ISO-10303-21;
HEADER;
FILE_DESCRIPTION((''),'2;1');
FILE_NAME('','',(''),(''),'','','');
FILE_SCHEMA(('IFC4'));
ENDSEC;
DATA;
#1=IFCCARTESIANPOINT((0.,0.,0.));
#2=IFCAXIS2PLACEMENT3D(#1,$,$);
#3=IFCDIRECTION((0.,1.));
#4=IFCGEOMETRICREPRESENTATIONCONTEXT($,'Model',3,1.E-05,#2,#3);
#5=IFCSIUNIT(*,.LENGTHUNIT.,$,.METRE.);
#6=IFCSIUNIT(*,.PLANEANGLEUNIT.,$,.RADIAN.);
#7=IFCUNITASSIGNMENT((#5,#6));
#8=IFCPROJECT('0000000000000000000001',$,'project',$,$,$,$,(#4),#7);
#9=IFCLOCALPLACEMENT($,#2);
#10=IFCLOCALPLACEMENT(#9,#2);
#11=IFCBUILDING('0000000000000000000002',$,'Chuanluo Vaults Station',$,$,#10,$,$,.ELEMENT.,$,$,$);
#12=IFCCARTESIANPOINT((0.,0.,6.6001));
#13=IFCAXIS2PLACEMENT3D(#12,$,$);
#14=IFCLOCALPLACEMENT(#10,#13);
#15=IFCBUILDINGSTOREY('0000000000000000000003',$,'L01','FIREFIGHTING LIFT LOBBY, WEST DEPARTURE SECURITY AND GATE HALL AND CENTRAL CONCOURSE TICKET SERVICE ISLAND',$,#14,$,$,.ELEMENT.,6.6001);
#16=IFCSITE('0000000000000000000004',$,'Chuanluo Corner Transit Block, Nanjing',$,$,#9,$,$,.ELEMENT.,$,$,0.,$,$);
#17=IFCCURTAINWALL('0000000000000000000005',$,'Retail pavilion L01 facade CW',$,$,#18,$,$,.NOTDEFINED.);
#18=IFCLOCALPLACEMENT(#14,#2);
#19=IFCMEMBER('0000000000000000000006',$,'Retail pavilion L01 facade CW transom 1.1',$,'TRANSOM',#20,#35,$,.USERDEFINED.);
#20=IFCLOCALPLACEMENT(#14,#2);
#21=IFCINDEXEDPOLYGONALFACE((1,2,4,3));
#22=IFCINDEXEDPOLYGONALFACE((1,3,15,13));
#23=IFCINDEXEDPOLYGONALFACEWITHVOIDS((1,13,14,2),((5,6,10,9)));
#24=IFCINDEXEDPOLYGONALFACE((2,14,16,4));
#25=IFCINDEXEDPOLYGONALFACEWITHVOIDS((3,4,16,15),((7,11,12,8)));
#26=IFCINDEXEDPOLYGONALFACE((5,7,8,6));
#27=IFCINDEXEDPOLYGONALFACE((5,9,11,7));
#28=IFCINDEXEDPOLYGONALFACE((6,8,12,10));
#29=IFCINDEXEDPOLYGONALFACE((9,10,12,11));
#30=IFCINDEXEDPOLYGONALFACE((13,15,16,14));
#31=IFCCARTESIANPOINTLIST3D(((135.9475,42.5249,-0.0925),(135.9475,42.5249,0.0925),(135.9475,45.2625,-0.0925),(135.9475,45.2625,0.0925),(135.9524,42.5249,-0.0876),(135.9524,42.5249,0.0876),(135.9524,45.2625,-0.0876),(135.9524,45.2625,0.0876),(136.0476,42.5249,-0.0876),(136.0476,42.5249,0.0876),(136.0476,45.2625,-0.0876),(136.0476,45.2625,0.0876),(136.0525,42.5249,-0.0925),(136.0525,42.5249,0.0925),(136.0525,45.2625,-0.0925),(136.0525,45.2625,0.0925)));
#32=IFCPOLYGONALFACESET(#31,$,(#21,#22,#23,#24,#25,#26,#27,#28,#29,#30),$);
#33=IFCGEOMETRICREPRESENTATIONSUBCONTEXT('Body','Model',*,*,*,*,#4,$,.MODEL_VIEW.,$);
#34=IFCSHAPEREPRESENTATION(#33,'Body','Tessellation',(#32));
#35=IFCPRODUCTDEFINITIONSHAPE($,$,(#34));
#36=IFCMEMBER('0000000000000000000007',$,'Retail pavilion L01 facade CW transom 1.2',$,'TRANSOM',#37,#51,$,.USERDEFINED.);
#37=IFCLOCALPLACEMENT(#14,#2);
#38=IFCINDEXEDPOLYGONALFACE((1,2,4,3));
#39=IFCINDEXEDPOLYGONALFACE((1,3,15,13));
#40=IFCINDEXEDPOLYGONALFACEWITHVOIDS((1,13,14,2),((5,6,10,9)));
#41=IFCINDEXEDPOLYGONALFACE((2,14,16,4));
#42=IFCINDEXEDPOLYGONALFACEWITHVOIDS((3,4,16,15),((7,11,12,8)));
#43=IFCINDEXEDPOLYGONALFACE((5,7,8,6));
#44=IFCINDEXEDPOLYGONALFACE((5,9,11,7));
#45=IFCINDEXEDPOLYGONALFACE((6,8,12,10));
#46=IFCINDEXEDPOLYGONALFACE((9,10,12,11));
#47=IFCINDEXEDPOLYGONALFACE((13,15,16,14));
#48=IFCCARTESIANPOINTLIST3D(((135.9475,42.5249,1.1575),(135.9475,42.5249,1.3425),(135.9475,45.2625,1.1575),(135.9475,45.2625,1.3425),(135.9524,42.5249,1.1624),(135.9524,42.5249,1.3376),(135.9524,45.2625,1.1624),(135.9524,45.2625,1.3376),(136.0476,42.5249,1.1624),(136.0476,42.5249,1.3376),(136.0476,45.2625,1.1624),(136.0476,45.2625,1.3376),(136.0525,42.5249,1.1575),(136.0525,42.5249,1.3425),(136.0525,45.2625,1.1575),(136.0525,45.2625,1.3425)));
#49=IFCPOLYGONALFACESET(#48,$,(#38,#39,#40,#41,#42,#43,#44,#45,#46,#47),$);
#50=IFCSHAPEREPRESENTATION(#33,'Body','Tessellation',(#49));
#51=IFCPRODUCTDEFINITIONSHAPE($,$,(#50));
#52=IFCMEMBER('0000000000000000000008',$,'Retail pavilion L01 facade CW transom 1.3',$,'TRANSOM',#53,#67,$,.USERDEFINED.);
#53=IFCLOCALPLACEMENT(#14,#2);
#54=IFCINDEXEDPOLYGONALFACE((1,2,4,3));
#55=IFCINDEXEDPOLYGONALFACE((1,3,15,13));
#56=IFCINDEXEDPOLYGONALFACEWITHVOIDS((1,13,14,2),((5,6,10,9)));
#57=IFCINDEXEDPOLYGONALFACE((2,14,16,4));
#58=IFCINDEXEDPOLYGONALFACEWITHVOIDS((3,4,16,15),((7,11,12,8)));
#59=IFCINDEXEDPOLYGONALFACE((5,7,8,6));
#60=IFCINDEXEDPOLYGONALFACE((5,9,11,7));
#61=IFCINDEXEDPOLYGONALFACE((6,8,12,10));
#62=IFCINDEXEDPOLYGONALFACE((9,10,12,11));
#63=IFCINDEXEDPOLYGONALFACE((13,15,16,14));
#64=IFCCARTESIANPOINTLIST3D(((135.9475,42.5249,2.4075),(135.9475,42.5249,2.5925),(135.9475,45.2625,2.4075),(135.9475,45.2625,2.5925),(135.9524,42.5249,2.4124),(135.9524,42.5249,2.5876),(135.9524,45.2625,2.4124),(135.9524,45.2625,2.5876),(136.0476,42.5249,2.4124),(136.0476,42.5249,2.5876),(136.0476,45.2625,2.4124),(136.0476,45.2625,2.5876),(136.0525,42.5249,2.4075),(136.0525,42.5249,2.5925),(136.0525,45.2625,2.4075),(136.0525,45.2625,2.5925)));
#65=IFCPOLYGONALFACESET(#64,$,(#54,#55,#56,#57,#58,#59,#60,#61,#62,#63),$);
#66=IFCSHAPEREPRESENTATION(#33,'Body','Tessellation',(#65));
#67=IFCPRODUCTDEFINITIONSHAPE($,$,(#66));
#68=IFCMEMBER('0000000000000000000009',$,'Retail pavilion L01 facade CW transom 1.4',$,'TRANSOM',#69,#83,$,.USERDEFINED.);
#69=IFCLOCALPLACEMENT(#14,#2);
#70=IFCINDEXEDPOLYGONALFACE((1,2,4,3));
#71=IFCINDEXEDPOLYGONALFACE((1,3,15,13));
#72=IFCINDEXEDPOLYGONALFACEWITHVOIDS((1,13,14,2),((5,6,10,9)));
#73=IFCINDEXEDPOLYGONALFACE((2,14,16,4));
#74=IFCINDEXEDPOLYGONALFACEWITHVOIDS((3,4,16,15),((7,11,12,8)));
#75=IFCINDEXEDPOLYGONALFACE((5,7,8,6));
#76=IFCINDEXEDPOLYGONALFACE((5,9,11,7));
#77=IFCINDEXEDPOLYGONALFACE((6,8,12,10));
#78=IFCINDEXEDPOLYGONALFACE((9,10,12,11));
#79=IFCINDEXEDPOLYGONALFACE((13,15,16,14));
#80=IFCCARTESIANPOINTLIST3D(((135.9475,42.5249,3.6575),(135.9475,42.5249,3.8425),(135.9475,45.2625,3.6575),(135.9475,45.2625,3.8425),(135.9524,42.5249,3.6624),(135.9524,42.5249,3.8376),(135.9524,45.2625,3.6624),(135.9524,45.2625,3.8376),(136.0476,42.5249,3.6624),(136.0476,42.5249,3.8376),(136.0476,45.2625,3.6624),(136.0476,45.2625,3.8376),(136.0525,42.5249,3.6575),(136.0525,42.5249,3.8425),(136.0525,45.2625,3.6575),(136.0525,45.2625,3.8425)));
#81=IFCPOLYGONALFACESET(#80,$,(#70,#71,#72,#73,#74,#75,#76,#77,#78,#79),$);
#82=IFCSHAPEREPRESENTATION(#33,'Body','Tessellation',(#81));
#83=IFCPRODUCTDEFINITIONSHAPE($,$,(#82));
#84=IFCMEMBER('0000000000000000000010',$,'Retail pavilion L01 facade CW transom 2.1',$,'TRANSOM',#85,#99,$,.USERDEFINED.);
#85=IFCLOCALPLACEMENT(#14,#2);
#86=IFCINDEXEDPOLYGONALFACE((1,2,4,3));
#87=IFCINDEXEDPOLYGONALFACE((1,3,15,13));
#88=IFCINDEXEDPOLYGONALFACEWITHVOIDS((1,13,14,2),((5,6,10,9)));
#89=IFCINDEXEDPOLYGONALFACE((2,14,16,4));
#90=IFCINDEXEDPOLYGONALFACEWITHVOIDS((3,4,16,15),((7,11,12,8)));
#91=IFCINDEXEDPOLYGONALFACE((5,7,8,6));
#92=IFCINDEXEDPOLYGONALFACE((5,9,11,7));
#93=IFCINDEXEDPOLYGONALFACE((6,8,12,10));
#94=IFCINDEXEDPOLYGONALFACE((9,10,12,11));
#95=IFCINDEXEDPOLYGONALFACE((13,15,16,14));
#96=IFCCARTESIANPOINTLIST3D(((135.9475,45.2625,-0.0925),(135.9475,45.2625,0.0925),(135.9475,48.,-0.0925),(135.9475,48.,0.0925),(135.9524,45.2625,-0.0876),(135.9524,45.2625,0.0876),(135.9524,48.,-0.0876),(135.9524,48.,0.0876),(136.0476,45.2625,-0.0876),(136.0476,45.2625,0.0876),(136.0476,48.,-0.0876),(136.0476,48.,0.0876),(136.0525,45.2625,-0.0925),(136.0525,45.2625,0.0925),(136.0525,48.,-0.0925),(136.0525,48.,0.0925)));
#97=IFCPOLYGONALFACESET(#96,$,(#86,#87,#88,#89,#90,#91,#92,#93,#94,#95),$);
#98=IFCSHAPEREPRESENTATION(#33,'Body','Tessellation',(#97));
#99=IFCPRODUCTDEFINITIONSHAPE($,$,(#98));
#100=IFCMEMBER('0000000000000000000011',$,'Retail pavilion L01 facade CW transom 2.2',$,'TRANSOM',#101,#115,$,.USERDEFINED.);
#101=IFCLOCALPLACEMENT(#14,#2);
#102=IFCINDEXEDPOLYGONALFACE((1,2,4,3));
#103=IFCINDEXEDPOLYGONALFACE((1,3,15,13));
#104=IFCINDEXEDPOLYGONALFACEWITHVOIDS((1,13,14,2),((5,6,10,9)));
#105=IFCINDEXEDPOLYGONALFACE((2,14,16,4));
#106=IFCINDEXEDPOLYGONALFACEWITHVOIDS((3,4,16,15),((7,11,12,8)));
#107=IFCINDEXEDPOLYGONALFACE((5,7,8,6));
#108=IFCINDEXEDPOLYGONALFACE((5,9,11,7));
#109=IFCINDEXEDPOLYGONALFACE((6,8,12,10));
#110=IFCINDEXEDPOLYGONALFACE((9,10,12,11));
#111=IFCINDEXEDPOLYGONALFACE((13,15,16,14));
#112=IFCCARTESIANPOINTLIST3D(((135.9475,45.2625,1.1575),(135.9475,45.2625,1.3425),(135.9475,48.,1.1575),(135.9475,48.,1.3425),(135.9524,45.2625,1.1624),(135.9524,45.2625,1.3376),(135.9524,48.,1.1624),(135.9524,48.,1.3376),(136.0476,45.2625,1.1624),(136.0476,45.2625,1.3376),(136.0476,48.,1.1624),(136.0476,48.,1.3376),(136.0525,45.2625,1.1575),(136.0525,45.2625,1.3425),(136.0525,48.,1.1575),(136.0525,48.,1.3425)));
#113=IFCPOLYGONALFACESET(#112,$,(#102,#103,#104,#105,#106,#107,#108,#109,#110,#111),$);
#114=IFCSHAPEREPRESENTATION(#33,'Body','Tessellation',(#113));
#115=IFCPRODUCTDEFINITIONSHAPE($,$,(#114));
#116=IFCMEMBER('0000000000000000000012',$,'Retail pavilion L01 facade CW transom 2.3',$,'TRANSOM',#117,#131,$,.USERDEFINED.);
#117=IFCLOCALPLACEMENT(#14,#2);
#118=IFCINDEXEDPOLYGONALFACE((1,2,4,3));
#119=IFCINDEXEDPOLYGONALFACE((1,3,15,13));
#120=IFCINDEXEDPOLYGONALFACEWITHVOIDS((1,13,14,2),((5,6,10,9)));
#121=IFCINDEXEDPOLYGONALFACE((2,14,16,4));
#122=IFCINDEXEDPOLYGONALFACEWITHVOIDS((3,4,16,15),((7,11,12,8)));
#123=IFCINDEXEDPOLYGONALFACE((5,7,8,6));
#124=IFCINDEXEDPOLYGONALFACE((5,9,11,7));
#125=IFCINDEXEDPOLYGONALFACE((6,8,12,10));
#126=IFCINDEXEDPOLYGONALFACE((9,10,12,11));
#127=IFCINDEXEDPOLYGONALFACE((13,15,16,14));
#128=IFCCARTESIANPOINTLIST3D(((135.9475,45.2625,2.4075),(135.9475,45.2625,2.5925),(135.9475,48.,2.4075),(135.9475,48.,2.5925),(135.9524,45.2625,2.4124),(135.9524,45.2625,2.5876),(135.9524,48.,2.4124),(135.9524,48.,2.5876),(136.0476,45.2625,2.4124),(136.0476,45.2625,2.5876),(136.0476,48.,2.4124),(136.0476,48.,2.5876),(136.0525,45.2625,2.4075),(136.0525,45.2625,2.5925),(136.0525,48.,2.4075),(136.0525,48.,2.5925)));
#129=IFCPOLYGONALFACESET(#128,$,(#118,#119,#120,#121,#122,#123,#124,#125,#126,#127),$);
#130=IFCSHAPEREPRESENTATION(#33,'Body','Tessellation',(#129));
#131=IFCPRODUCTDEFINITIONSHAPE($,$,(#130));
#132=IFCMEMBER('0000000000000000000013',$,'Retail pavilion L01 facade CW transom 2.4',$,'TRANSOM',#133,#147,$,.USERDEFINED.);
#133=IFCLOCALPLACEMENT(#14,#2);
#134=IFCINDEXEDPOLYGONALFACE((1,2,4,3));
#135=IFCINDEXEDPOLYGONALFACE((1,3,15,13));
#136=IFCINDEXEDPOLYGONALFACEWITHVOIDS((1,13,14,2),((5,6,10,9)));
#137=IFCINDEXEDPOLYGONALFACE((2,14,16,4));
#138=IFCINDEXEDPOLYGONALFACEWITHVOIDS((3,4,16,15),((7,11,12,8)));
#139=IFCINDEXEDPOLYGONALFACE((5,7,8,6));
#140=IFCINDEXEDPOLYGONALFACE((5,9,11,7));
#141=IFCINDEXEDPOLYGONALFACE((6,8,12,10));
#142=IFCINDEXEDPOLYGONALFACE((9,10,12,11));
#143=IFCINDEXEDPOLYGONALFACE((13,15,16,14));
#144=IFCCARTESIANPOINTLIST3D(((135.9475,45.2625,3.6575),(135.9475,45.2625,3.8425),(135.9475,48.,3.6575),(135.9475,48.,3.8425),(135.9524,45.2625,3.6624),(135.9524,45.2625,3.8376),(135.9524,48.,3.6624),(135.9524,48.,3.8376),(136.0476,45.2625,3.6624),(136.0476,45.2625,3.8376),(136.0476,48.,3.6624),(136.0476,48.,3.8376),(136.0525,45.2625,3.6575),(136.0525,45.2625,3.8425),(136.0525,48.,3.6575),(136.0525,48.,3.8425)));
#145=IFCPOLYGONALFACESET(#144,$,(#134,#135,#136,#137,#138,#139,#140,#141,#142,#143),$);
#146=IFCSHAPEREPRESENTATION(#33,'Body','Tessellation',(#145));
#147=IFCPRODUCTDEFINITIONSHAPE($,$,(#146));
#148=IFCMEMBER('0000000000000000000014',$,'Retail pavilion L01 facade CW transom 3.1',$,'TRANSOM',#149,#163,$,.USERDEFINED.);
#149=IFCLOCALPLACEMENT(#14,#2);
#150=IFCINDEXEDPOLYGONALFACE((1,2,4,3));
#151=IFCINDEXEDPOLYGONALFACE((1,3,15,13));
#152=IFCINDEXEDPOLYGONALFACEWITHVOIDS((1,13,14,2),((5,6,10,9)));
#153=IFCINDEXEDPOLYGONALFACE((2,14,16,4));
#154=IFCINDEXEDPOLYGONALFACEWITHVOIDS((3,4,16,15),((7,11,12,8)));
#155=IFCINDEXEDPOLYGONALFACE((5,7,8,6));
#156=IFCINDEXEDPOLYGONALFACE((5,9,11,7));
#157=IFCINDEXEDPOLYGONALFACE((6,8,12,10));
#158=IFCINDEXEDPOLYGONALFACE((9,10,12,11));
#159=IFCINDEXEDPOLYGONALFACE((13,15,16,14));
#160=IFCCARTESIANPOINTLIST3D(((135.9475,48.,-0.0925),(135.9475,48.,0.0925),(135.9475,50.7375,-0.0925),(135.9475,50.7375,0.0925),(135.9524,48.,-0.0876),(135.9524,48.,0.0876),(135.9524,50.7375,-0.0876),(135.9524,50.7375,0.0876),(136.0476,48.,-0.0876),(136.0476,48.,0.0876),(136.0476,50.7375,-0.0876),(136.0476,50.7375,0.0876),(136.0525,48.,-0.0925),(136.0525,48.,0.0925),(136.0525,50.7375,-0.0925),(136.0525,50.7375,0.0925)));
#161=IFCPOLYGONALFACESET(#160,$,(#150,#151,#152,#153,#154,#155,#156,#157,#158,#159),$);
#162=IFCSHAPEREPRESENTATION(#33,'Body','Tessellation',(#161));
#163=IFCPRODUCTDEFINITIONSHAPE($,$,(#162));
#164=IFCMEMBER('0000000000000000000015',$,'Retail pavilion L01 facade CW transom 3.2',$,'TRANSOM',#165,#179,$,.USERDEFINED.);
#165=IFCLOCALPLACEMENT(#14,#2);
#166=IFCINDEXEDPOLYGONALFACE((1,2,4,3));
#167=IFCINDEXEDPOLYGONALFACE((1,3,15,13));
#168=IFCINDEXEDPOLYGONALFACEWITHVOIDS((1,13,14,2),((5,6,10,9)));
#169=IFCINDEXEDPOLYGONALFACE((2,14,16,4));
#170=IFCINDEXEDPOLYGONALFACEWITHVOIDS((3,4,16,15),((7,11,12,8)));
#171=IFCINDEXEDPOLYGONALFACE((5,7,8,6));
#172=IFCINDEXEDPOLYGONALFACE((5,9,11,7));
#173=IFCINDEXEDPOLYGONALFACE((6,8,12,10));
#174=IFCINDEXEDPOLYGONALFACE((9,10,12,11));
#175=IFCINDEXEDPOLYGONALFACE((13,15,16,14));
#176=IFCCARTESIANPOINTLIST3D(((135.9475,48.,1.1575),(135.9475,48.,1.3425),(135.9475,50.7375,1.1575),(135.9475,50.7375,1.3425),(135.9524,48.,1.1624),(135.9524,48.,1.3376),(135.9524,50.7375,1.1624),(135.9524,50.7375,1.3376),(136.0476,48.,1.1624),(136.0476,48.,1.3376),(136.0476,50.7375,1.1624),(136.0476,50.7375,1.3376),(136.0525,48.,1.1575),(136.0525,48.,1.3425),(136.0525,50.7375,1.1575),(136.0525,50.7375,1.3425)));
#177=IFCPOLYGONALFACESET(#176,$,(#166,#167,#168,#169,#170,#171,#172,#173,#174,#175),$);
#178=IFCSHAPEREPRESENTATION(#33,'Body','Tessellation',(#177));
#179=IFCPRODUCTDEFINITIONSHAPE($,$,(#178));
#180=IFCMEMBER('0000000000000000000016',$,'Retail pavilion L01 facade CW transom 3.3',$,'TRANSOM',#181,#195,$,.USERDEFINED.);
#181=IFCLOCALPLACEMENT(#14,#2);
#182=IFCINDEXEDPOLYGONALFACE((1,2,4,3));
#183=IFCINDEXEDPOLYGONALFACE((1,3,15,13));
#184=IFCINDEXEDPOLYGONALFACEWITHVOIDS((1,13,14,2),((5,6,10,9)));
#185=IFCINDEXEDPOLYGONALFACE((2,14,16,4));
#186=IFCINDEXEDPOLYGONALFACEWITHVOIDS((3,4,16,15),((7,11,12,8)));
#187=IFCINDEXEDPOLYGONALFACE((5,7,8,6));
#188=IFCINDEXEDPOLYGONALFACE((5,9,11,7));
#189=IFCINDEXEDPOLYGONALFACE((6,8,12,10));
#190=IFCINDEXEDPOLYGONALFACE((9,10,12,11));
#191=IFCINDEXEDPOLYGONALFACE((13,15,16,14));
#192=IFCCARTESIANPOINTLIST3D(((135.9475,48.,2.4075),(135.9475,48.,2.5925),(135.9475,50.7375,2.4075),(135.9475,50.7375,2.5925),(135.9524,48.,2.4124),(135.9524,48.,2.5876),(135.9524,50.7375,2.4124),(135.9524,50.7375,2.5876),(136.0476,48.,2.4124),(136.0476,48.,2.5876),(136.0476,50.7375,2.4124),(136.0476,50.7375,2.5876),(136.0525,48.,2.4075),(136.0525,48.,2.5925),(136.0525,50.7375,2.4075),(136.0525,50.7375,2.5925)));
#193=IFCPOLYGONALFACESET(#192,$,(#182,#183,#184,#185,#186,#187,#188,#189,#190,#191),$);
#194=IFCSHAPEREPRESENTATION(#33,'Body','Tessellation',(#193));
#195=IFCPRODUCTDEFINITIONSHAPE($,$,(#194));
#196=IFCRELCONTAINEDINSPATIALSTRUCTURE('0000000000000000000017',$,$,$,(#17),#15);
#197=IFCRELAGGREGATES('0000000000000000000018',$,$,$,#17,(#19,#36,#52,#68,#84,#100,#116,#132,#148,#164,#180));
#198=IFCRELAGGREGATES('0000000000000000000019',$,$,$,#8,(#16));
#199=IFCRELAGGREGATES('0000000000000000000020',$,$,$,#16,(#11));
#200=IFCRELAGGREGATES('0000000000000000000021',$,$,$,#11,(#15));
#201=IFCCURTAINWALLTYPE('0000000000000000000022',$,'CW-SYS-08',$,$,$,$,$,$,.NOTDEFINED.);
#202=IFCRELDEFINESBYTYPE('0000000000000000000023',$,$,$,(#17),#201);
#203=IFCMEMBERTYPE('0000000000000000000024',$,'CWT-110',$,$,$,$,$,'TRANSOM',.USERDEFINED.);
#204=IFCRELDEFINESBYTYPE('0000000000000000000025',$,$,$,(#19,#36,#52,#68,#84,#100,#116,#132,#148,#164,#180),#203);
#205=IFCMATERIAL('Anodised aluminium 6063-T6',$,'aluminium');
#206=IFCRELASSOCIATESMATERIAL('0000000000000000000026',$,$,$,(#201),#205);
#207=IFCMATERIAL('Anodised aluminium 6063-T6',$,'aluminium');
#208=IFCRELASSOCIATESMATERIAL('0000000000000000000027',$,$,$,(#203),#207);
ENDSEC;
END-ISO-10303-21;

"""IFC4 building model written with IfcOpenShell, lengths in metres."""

from ifc_helpers import new_model, si_unit, direction, frame, origin, origin_2d, place, context, subcontext, project, spatial, hollow_rectangle, extrude, material, material_profile, profile_set, type_object, element, aggregate, save


model = new_model("IFC4")

# Units and contexts
model_context = context("Model", 3, precision=1e-05, world=origin(), true_north=direction((0.0, 1.0)))
body_context = subcontext(model_context, "Body", "Model", "MODEL_VIEW")
ifc_project = project(units=[si_unit("LENGTHUNIT", "METRE"), si_unit("PLANEANGLEUNIT", "RADIAN")], contexts=[model_context])

# Site, building, storey
site_placement = place(None, origin())
site = spatial("IfcSite", under=ifc_project, at=site_placement, Name="Chuanluo Corner Transit Block, Nanjing", CompositionType="ELEMENT", RefElevation=0.0)
building_placement = place(site_placement, origin())
building = spatial("IfcBuilding", under=site, at=building_placement, Name="Chuanluo Vaults Station", CompositionType="ELEMENT")
storey_placement = place(building_placement, frame((0.0, 0.0, 6.6001)))
storey = spatial("IfcBuildingStorey", under=building, at=storey_placement, Name="L01", Description="FIREFIGHTING LIFT LOBBY, WEST DEPARTURE SECURITY AND GATE HALL AND CENTRAL CONCOURSE TICKET SERVICE ISLAND", CompositionType="ELEMENT", Elevation=6.6001)

# Curtain wall, members
ifc_material_1 = material(Name="Anodised aluminium 6063-T6", Category="aluminium")
curtain_wall_type = type_object("IfcCurtainWallType", Name="CW-SYS-08", PredefinedType="NOTDEFINED", material=ifc_material_1)
curtain_wall_placement = place(storey_placement, origin())
curtain_wall = element("IfcCurtainWall", 1, at=curtain_wall_placement, inside=storey, type_object=curtain_wall_type, Name="Retail pavilion L01 facade CW", PredefinedType="NOTDEFINED")
ifc_material_2 = material(Name="Anodised aluminium 6063-T6", Category="aluminium")
ifc_material_profile_1 = material_profile(ifc_material_2, hollow_rectangle(XDim=0.105, YDim=0.1851, WallThickness=0.0049, at=origin_2d()))
ifc_profile_set_1 = profile_set([ifc_material_profile_1], Name="Anodised aluminium 6063-T6")
member_type_1 = type_object("IfcMemberType", Name="CWT-110", ElementType="TRANSOM", PredefinedType="USERDEFINED", material=ifc_profile_set_1)
member_1_placement = place(storey_placement, frame((136.0, 42.5249, 0.0), z_axis=(0.0, 1.0, 0.0), x_axis=(-1.0, 0.0, 0.0)))
member_1 = element("IfcMember", 2, at=member_1_placement, type_object=member_type_1, Name="Retail pavilion L01 facade CW transom 1.1", ObjectType="TRANSOM", PredefinedType="USERDEFINED", context=body_context, shape_type="SweptSolid", body=[
    extrude(hollow_rectangle(XDim=0.105, YDim=0.1851, WallThickness=0.0049, at=origin_2d()), origin(), (0.0, 0.0, 1.0), 2.7375),
])
member_2_placement = place(storey_placement, frame((136.0, 42.5249, 1.25), z_axis=(0.0, 1.0, 0.0), x_axis=(-1.0, 0.0, 0.0)))
member_2 = element("IfcMember", 3, at=member_2_placement, type_object=member_type_1, Name="Retail pavilion L01 facade CW transom 1.2", ObjectType="TRANSOM", PredefinedType="USERDEFINED", context=body_context, shape_type="SweptSolid", body=[
    extrude(hollow_rectangle(XDim=0.105, YDim=0.1851, WallThickness=0.0049, at=origin_2d()), origin(), (0.0, 0.0, 1.0), 2.7375),
])
member_3_placement = place(storey_placement, frame((136.0, 42.5249, 2.5), z_axis=(0.0, 1.0, 0.0), x_axis=(-1.0, 0.0, 0.0)))
member_3 = element("IfcMember", 4, at=member_3_placement, type_object=member_type_1, Name="Retail pavilion L01 facade CW transom 1.3", ObjectType="TRANSOM", PredefinedType="USERDEFINED", context=body_context, shape_type="SweptSolid", body=[
    extrude(hollow_rectangle(XDim=0.105, YDim=0.1851, WallThickness=0.0049, at=origin_2d()), origin(), (0.0, 0.0, 1.0), 2.7375),
])
member_4_placement = place(storey_placement, frame((136.0, 42.5249, 3.75), z_axis=(0.0, 1.0, 0.0), x_axis=(-1.0, 0.0, 0.0)))
member_4 = element("IfcMember", 5, at=member_4_placement, type_object=member_type_1, Name="Retail pavilion L01 facade CW transom 1.4", ObjectType="TRANSOM", PredefinedType="USERDEFINED", context=body_context, shape_type="SweptSolid", body=[
    extrude(hollow_rectangle(XDim=0.105, YDim=0.1851, WallThickness=0.0049, at=origin_2d()), origin(), (0.0, 0.0, 1.0), 2.7375),
])
member_5_placement = place(storey_placement, frame((136.0, 45.2625, 0.0), z_axis=(0.0, 1.0, 0.0), x_axis=(-1.0, 0.0, 0.0)))
member_5 = element("IfcMember", 6, at=member_5_placement, type_object=member_type_1, Name="Retail pavilion L01 facade CW transom 2.1", ObjectType="TRANSOM", PredefinedType="USERDEFINED", context=body_context, shape_type="SweptSolid", body=[
    extrude(hollow_rectangle(XDim=0.105, YDim=0.1851, WallThickness=0.0049, at=origin_2d()), origin(), (0.0, 0.0, 1.0), 2.7375),
])
member_6_placement = place(storey_placement, frame((136.0, 45.2625, 1.25), z_axis=(0.0, 1.0, 0.0), x_axis=(-1.0, 0.0, 0.0)))
member_6 = element("IfcMember", 7, at=member_6_placement, type_object=member_type_1, Name="Retail pavilion L01 facade CW transom 2.2", ObjectType="TRANSOM", PredefinedType="USERDEFINED", context=body_context, shape_type="SweptSolid", body=[
    extrude(hollow_rectangle(XDim=0.105, YDim=0.1851, WallThickness=0.0049, at=origin_2d()), origin(), (0.0, 0.0, 1.0), 2.7375),
])
member_7_placement = place(storey_placement, frame((136.0, 45.2625, 2.5), z_axis=(0.0, 1.0, 0.0), x_axis=(-1.0, 0.0, 0.0)))
member_7 = element("IfcMember", 8, at=member_7_placement, type_object=member_type_1, Name="Retail pavilion L01 facade CW transom 2.3", ObjectType="TRANSOM", PredefinedType="USERDEFINED", context=body_context, shape_type="SweptSolid", body=[
    extrude(hollow_rectangle(XDim=0.105, YDim=0.1851, WallThickness=0.0049, at=origin_2d()), origin(), (0.0, 0.0, 1.0), 2.7375),
])
member_8_placement = place(storey_placement, frame((136.0, 45.2625, 3.75), z_axis=(0.0, 1.0, 0.0), x_axis=(-1.0, 0.0, 0.0)))
member_8 = element("IfcMember", 9, at=member_8_placement, type_object=member_type_1, Name="Retail pavilion L01 facade CW transom 2.4", ObjectType="TRANSOM", PredefinedType="USERDEFINED", context=body_context, shape_type="SweptSolid", body=[
    extrude(hollow_rectangle(XDim=0.105, YDim=0.1851, WallThickness=0.0049, at=origin_2d()), origin(), (0.0, 0.0, 1.0), 2.7375),
])
member_9_placement = place(storey_placement, frame((136.0, 48.0, 0.0), z_axis=(0.0, 1.0, 0.0), x_axis=(-1.0, 0.0, 0.0)))
member_9 = element("IfcMember", 10, at=member_9_placement, type_object=member_type_1, Name="Retail pavilion L01 facade CW transom 3.1", ObjectType="TRANSOM", PredefinedType="USERDEFINED", context=body_context, shape_type="SweptSolid", body=[
    extrude(hollow_rectangle(XDim=0.105, YDim=0.1851, WallThickness=0.0049, at=origin_2d()), origin(), (0.0, 0.0, 1.0), 2.7375),
])
member_10_placement = place(storey_placement, frame((136.0, 48.0, 1.25), z_axis=(0.0, 1.0, 0.0), x_axis=(-1.0, 0.0, 0.0)))
member_10 = element("IfcMember", 11, at=member_10_placement, type_object=member_type_1, Name="Retail pavilion L01 facade CW transom 3.2", ObjectType="TRANSOM", PredefinedType="USERDEFINED", context=body_context, shape_type="SweptSolid", body=[
    extrude(hollow_rectangle(XDim=0.105, YDim=0.1851, WallThickness=0.0049, at=origin_2d()), origin(), (0.0, 0.0, 1.0), 2.7375),
])
member_11_placement = place(storey_placement, frame((136.0, 48.0, 2.5), z_axis=(0.0, 1.0, 0.0), x_axis=(-1.0, 0.0, 0.0)))
member_11 = element("IfcMember", 12, at=member_11_placement, type_object=member_type_1, Name="Retail pavilion L01 facade CW transom 3.3", ObjectType="TRANSOM", PredefinedType="USERDEFINED", context=body_context, shape_type="SweptSolid", body=[
    extrude(hollow_rectangle(XDim=0.105, YDim=0.1851, WallThickness=0.0049, at=origin_2d()), origin(), (0.0, 0.0, 1.0), 2.7375),
])
aggregate(curtain_wall, [member_1, member_2, member_3, member_4, member_5, member_6, member_7, member_8, member_9, member_10, member_11])

save(model, "model.ifc")
